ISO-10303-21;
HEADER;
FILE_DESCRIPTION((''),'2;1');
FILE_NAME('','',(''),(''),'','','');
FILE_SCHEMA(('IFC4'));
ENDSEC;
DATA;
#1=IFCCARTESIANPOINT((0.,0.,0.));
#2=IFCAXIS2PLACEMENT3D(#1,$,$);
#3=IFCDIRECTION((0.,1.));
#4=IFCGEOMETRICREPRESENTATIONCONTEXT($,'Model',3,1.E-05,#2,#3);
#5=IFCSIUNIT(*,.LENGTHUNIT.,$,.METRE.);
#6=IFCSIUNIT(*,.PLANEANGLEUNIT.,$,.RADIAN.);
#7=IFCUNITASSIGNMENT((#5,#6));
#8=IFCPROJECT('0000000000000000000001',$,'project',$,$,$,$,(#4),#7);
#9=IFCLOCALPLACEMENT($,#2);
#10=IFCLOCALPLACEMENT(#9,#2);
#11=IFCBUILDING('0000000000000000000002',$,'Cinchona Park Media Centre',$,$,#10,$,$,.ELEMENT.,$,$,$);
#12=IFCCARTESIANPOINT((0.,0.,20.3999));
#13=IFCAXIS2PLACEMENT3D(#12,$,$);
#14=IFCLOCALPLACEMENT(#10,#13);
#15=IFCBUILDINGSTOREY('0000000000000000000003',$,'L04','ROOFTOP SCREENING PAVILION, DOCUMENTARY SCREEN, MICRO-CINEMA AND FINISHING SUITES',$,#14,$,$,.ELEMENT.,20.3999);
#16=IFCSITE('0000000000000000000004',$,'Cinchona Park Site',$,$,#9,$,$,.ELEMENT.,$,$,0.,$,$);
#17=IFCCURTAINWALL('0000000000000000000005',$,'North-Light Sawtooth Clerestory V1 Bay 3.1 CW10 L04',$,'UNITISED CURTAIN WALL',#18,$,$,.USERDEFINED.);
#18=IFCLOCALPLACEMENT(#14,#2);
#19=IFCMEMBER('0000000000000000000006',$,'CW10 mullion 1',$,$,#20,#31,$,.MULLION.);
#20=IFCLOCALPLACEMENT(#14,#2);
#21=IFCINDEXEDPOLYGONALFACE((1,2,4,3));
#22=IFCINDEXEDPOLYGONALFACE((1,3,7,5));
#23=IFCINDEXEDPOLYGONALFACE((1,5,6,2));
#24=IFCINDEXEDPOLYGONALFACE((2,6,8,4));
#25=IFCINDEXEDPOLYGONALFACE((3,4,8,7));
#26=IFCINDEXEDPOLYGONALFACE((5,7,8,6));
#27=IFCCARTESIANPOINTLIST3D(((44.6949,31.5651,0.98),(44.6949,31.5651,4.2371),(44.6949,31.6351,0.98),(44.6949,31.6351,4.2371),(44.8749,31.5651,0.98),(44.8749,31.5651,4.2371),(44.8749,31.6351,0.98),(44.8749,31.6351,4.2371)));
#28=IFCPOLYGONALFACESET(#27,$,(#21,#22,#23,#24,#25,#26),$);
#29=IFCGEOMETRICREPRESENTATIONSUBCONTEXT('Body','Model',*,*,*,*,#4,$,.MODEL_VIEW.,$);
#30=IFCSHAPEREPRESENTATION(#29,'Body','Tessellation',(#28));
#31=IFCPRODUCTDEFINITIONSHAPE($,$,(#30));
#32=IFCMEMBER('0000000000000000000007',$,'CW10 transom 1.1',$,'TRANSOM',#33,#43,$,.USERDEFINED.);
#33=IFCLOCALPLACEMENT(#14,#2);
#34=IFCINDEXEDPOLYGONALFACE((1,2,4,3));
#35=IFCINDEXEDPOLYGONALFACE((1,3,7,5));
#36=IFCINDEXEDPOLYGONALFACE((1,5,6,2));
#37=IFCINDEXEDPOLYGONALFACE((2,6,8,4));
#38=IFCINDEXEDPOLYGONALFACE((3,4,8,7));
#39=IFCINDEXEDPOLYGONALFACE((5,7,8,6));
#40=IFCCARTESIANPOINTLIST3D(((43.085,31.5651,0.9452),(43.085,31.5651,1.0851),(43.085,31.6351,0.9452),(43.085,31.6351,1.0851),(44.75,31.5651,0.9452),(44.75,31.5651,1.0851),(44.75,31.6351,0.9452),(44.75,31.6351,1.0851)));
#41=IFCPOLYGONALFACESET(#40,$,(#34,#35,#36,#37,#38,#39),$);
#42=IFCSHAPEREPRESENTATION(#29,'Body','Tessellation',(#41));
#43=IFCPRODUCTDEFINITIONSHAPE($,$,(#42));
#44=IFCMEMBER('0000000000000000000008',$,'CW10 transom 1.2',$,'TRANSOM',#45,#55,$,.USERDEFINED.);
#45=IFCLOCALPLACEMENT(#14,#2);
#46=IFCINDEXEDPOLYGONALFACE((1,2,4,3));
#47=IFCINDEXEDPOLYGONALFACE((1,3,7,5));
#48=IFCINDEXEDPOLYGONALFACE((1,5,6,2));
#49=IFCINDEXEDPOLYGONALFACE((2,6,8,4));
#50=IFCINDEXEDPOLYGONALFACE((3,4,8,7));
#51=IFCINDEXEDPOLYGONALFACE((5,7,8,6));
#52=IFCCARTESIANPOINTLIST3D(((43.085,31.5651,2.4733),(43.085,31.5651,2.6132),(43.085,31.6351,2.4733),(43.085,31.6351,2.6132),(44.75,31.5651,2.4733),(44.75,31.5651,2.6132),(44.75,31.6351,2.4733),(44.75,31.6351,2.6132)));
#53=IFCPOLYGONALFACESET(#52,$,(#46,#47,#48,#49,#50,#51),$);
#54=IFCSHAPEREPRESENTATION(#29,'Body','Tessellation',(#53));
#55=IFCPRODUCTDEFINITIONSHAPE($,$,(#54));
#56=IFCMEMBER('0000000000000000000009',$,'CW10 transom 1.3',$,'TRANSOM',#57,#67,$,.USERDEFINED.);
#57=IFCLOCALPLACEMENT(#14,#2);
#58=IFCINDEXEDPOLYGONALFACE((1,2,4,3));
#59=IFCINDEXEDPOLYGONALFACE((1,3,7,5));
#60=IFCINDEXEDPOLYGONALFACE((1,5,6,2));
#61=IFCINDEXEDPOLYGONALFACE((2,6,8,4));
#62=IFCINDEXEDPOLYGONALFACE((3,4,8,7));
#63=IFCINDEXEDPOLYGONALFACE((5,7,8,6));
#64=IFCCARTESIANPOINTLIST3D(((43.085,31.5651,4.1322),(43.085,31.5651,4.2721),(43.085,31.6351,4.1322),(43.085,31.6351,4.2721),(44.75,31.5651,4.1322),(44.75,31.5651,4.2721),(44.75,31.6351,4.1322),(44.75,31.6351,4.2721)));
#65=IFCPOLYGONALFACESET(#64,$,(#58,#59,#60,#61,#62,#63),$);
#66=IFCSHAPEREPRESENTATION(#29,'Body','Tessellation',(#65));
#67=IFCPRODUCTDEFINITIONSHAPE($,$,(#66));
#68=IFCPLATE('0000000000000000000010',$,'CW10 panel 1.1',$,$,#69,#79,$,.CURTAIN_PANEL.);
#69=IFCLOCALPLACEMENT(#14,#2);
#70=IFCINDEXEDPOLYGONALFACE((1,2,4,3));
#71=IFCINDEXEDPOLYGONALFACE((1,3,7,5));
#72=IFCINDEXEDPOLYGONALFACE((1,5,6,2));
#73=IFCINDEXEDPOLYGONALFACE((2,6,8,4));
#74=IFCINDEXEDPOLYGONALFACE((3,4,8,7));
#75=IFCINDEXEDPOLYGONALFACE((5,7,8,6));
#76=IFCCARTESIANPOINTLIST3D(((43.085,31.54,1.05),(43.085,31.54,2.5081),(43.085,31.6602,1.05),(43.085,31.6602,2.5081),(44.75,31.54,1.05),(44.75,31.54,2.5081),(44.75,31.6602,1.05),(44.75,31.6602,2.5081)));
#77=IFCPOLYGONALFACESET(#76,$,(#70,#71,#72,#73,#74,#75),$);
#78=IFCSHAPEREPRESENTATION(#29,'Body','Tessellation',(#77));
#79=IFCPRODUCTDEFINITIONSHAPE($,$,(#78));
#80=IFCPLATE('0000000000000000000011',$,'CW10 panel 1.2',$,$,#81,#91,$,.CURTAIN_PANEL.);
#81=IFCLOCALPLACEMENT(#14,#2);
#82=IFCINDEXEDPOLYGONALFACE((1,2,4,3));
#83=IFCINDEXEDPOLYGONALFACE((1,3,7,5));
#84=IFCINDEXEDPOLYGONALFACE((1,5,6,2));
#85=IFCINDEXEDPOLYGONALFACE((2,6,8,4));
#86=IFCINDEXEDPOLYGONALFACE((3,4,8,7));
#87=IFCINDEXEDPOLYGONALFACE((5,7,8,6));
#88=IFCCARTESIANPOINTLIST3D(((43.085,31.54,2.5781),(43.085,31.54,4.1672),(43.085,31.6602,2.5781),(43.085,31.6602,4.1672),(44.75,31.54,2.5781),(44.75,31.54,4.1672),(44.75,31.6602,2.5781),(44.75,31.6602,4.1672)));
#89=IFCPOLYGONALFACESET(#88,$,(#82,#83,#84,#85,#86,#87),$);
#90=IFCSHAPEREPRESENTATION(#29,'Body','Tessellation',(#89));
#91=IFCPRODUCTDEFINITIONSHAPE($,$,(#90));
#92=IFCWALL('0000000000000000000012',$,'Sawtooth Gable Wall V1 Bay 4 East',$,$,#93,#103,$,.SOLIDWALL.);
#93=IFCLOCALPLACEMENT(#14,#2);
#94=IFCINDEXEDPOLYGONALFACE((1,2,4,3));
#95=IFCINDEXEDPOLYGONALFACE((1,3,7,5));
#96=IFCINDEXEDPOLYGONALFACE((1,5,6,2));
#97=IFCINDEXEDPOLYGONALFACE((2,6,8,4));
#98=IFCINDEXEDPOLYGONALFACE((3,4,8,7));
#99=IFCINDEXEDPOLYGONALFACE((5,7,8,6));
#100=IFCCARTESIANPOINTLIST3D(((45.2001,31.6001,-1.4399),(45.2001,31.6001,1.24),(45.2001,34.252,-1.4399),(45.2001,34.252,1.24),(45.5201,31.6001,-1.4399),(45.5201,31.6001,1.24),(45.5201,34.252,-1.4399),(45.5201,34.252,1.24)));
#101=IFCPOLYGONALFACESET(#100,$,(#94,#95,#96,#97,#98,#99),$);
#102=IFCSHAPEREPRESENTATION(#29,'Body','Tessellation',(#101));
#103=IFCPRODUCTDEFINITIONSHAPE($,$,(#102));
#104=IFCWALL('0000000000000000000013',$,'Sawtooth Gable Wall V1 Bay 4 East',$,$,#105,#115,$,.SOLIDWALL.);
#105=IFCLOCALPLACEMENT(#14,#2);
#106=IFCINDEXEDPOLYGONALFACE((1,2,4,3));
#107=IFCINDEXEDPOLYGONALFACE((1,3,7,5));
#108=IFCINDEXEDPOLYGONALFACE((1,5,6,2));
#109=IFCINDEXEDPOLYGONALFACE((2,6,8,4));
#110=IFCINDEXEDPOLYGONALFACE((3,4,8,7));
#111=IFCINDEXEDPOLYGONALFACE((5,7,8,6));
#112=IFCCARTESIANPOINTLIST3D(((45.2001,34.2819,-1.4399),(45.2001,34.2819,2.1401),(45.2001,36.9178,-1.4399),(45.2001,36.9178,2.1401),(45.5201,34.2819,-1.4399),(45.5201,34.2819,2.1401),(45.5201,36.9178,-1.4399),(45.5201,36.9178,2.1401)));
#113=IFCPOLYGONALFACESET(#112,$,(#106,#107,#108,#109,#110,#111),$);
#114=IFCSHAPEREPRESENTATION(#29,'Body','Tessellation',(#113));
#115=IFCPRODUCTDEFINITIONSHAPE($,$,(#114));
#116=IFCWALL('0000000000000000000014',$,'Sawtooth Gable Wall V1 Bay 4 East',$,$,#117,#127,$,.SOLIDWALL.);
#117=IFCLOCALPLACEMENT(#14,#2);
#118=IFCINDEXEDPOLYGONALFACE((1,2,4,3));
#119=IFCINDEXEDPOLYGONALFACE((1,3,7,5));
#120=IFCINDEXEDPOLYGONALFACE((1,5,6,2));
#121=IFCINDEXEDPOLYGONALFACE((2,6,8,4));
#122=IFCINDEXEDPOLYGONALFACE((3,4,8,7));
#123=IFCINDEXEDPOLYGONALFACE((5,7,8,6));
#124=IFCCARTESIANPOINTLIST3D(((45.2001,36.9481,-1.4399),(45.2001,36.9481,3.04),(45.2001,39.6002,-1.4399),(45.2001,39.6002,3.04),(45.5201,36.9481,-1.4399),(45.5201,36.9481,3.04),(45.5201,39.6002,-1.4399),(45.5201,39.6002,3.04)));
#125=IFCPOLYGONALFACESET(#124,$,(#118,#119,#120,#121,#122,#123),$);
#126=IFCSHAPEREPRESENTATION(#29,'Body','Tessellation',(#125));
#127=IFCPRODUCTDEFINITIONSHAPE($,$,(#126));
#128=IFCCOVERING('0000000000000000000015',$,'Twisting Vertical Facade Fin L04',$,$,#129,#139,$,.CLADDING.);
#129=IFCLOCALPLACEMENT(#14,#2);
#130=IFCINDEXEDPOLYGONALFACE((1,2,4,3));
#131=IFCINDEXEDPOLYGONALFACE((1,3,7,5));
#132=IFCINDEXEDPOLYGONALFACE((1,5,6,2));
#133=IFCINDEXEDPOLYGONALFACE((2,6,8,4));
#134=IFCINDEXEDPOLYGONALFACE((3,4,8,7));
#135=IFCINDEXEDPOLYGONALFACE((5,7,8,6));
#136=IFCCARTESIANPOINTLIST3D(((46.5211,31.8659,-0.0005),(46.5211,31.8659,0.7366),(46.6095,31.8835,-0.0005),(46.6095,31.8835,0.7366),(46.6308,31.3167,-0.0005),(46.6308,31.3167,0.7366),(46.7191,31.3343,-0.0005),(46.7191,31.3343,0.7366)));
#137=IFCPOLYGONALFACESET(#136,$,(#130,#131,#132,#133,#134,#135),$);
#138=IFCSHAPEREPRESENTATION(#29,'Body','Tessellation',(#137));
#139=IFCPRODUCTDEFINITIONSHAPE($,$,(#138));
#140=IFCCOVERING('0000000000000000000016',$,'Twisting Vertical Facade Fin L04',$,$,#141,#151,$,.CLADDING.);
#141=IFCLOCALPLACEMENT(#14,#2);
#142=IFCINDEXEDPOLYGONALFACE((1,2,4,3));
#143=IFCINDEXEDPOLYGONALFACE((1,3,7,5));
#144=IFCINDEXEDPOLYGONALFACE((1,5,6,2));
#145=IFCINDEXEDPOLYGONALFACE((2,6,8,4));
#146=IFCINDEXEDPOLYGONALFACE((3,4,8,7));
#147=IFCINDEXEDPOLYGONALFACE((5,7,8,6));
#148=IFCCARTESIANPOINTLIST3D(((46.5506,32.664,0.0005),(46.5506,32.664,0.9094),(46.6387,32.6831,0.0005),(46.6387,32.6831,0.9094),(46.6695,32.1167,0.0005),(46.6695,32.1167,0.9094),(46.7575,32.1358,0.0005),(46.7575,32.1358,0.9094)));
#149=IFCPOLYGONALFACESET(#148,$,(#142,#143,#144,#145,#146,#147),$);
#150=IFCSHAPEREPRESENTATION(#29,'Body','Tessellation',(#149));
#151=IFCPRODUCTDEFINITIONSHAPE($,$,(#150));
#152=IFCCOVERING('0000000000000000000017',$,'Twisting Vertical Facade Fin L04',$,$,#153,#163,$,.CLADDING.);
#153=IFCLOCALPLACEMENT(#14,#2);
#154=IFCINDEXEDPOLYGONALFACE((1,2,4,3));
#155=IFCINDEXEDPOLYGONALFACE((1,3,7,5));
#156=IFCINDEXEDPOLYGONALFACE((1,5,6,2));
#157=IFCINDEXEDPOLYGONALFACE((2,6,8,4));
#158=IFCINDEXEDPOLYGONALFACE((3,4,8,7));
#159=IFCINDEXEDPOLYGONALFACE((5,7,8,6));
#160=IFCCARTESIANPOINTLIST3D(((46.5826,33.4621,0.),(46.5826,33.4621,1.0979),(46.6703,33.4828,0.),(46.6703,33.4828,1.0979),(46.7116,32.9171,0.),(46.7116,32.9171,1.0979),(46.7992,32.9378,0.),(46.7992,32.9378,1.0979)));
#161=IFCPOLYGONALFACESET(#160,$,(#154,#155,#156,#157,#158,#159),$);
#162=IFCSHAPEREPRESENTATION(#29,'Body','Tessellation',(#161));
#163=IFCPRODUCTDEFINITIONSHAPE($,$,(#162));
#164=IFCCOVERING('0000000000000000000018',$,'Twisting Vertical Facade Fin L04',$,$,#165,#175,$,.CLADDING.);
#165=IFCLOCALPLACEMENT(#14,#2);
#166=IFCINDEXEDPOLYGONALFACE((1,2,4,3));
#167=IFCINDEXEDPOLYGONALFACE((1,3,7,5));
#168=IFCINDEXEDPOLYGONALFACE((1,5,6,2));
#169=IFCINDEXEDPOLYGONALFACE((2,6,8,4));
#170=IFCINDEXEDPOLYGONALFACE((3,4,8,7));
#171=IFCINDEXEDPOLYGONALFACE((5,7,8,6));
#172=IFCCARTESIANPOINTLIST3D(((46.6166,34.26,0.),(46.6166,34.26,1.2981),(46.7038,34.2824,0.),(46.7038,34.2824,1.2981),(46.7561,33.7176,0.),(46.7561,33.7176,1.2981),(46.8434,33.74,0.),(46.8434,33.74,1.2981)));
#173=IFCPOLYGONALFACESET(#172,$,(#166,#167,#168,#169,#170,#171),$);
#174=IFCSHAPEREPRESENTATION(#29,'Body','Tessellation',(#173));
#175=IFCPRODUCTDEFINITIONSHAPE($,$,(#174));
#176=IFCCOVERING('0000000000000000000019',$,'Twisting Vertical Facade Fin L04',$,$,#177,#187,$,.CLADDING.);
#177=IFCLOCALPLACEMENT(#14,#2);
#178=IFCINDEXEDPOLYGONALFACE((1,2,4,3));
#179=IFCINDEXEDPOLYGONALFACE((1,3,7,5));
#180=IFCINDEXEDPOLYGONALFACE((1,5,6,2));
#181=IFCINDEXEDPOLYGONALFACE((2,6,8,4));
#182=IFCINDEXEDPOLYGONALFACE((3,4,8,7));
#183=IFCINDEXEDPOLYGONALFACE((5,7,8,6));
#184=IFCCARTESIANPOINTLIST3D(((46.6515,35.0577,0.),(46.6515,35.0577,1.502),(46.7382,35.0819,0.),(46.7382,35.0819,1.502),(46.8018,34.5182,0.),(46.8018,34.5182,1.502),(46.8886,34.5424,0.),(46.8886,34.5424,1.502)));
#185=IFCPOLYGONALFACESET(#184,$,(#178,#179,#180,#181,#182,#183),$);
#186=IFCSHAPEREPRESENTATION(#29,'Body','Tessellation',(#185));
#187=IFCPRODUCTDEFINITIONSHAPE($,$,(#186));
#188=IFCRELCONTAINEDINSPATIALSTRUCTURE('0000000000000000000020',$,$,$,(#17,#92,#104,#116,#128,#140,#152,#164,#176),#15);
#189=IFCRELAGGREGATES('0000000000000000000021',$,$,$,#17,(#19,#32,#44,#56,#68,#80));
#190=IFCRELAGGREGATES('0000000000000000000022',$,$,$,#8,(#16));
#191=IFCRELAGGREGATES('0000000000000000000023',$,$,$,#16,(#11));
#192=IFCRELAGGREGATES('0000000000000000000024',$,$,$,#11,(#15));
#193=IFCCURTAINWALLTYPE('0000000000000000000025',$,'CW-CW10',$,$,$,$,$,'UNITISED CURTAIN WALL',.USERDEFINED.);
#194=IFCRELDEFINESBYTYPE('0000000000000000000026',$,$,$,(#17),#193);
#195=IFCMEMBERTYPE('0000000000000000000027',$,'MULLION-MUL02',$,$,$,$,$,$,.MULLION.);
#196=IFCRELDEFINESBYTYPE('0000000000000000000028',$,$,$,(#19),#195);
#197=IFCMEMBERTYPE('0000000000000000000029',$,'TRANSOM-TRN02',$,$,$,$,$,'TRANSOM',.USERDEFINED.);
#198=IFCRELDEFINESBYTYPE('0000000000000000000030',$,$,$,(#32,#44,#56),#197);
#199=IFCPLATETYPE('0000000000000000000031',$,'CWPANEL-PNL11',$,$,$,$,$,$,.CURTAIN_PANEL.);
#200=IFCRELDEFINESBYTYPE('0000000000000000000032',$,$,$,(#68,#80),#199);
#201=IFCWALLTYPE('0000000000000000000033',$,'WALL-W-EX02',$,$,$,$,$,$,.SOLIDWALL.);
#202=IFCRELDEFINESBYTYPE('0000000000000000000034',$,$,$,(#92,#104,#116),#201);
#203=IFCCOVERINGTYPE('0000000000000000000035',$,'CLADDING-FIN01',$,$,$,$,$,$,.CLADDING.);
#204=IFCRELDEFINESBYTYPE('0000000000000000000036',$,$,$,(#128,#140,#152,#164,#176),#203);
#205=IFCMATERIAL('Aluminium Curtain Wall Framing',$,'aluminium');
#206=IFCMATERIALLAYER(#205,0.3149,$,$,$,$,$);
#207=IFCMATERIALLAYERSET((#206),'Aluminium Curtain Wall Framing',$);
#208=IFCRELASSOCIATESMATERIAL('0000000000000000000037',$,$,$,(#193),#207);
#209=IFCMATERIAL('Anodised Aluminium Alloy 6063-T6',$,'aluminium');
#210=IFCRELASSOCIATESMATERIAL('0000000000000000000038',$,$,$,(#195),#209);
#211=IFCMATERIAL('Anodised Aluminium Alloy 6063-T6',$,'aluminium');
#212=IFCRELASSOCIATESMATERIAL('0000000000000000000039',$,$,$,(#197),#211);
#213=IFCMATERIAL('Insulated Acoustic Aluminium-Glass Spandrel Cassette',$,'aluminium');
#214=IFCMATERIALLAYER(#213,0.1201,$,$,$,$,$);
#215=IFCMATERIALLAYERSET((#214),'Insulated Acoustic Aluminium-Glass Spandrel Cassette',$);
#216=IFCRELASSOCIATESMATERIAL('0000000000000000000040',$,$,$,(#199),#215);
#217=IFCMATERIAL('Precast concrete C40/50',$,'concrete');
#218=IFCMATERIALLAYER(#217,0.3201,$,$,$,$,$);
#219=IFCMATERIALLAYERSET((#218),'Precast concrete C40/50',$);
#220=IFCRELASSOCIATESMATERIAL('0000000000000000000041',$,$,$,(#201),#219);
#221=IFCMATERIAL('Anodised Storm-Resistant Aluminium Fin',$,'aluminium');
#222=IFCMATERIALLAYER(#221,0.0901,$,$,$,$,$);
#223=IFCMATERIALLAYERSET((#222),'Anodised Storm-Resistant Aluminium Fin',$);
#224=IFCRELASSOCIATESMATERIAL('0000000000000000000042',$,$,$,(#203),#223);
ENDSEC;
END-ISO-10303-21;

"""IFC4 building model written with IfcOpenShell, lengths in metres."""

from ifc_helpers import new_model, si_unit, direction, frame, frame_2d, origin, origin_2d, place, context, subcontext, project, spatial, rectangle, extrude, material, layer, layer_set, material_profile, profile_set, type_object, element, aggregate, save


model = new_model("IFC4")

# Units and contexts
model_context = context("Model", 3, precision=1e-05, world=origin(), true_north=direction((0.0, 1.0)))
body_context = subcontext(model_context, "Body", "Model", "MODEL_VIEW")
ifc_project = project(units=[si_unit("LENGTHUNIT", "METRE"), si_unit("PLANEANGLEUNIT", "RADIAN")], contexts=[model_context])

# Site, building, storey
site_placement = place(None, origin())
site = spatial("IfcSite", under=ifc_project, at=site_placement, Name="Cinchona Park Site", CompositionType="ELEMENT", RefElevation=0.0)
building_placement = place(site_placement, origin())
building = spatial("IfcBuilding", under=site, at=building_placement, Name="Cinchona Park Media Centre", CompositionType="ELEMENT")
storey_placement = place(building_placement, frame((0.0, 0.0, 20.3999)))
storey = spatial("IfcBuildingStorey", under=building, at=storey_placement, Name="L04", Description="ROOFTOP SCREENING PAVILION, DOCUMENTARY SCREEN, MICRO-CINEMA AND FINISHING SUITES", CompositionType="ELEMENT", Elevation=20.3999)

# Curtain wall, members, plates
ifc_material_1 = material(Name="Aluminium Curtain Wall Framing", Category="aluminium")
ifc_layer_1 = layer(ifc_material_1, 0.3149)
ifc_layer_set_1 = layer_set([ifc_layer_1], Name="Aluminium Curtain Wall Framing")
curtain_wall_type = type_object("IfcCurtainWallType", Name="CW-CW10", ElementType="UNITISED CURTAIN WALL", PredefinedType="USERDEFINED", material=ifc_layer_set_1)
curtain_wall_placement = place(storey_placement, origin())
curtain_wall = element("IfcCurtainWall", 1, at=curtain_wall_placement, inside=storey, type_object=curtain_wall_type, Name="North-Light Sawtooth Clerestory V1 Bay 3.1 CW10 L04", ObjectType="UNITISED CURTAIN WALL", PredefinedType="USERDEFINED")
ifc_material_2 = material(Name="Anodised Aluminium Alloy 6063-T6", Category="aluminium")
ifc_material_profile_1 = material_profile(ifc_material_2, rectangle(XDim=0.0701, YDim=0.1799, at=origin_2d()), Name="MUL-70X180")
ifc_profile_set_1 = profile_set([ifc_material_profile_1], Name="Anodised Aluminium Alloy 6063-T6")
member_type_1 = type_object("IfcMemberType", Name="MULLION-MUL02", PredefinedType="MULLION", material=ifc_profile_set_1)
member_1_placement = place(storey_placement, frame((44.7849, 31.6001, 0.98), z_axis=(0.0, 0.0, 1.0), x_axis=(0.0, -1.0, 0.0)))
member_1 = element("IfcMember", 2, at=member_1_placement, type_object=member_type_1, Name="CW10 mullion 1", PredefinedType="MULLION", context=body_context, shape_type="SweptSolid", body=[
    extrude(rectangle(XDim=0.0701, YDim=0.1799, at=origin_2d()), origin(), (0.0, 0.0, 1.0), 3.2571),
])
ifc_material_3 = material(Name="Anodised Aluminium Alloy 6063-T6", Category="aluminium")
ifc_material_profile_2 = material_profile(ifc_material_3, rectangle(XDim=0.0701, YDim=0.1399, at=origin_2d()), Name="TRN-70X140")
ifc_profile_set_2 = profile_set([ifc_material_profile_2], Name="Anodised Aluminium Alloy 6063-T6")
member_type_2 = type_object("IfcMemberType", Name="TRANSOM-TRN02", ElementType="TRANSOM", PredefinedType="USERDEFINED", material=ifc_profile_set_2)
member_2_placement = place(storey_placement, frame((44.75, 31.6001, 1.0151), z_axis=(-1.0, 0.0, 0.0), x_axis=(0.0, -1.0, 0.0)))
member_2 = element("IfcMember", 3, at=member_2_placement, type_object=member_type_2, Name="CW10 transom 1.1", ObjectType="TRANSOM", PredefinedType="USERDEFINED", context=body_context, shape_type="SweptSolid", body=[
    extrude(rectangle(XDim=0.0701, YDim=0.1399, at=origin_2d()), origin(), (0.0, 0.0, 1.0), 1.665),
])
member_3_placement = place(storey_placement, frame((44.75, 31.6001, 2.5432), z_axis=(-1.0, 0.0, 0.0), x_axis=(0.0, -1.0, 0.0)))
member_3 = element("IfcMember", 4, at=member_3_placement, type_object=member_type_2, Name="CW10 transom 1.2", ObjectType="TRANSOM", PredefinedType="USERDEFINED", context=body_context, shape_type="SweptSolid", body=[
    extrude(rectangle(XDim=0.0701, YDim=0.1399, at=origin_2d()), origin(), (0.0, 0.0, 1.0), 1.665),
])
member_4_placement = place(storey_placement, frame((44.75, 31.6001, 4.2021), z_axis=(-1.0, 0.0, 0.0), x_axis=(0.0, -1.0, 0.0)))
member_4 = element("IfcMember", 5, at=member_4_placement, type_object=member_type_2, Name="CW10 transom 1.3", ObjectType="TRANSOM", PredefinedType="USERDEFINED", context=body_context, shape_type="SweptSolid", body=[
    extrude(rectangle(XDim=0.0701, YDim=0.1399, at=origin_2d()), origin(), (0.0, 0.0, 1.0), 1.665),
])
ifc_material_4 = material(Name="Insulated Acoustic Aluminium-Glass Spandrel Cassette", Category="aluminium")
ifc_layer_2 = layer(ifc_material_4, 0.1201)
ifc_layer_set_2 = layer_set([ifc_layer_2], Name="Insulated Acoustic Aluminium-Glass Spandrel Cassette")
plate_type = type_object("IfcPlateType", Name="CWPANEL-PNL11", PredefinedType="CURTAIN_PANEL", material=ifc_layer_set_2)
plate_1_placement = place(storey_placement, frame((43.9175, 31.6001, 1.05), z_axis=(0.0, 0.0, 1.0), x_axis=(-1.0, 0.0, 0.0)))
plate_1 = element("IfcPlate", 6, at=plate_1_placement, type_object=plate_type, Name="CW10 panel 1.1", PredefinedType="CURTAIN_PANEL", context=body_context, shape_type="SweptSolid", body=[
    extrude(rectangle(XDim=1.665, YDim=0.1201, at=origin_2d()), origin(), (0.0, 0.0, 1.0), 1.458),
])
plate_2_placement = place(storey_placement, frame((43.9175, 31.6001, 2.5781), z_axis=(0.0, 0.0, 1.0), x_axis=(-1.0, 0.0, 0.0)))
plate_2 = element("IfcPlate", 7, at=plate_2_placement, type_object=plate_type, Name="CW10 panel 1.2", PredefinedType="CURTAIN_PANEL", context=body_context, shape_type="SweptSolid", body=[
    extrude(rectangle(XDim=1.665, YDim=0.1201, at=origin_2d()), origin(), (0.0, 0.0, 1.0), 1.5891),
])
aggregate(curtain_wall, [member_1, member_2, member_3, member_4, plate_1, plate_2])

# Walls
ifc_material_5 = material(Name="Precast concrete C40/50", Category="concrete")
ifc_layer_3 = layer(ifc_material_5, 0.3201)
ifc_layer_set_3 = layer_set([ifc_layer_3], Name="Precast concrete C40/50")
wall_type = type_object("IfcWallType", Name="WALL-W-EX02", PredefinedType="SOLIDWALL", material=ifc_layer_set_3)
wall_1_placement = place(storey_placement, frame((45.3601, 31.6001, -1.4399), z_axis=(0.0, 0.0, 1.0), x_axis=(0.0, 1.0, 0.0)))
element("IfcWall", 8, at=wall_1_placement, inside=storey, type_object=wall_type, Name="Sawtooth Gable Wall V1 Bay 4 East", PredefinedType="SOLIDWALL", context=body_context, shape_type="SweptSolid", body=[
    extrude(rectangle(XDim=2.6519, YDim=0.3201, at=frame_2d((1.3259, 0.0))), origin(), (0.0, 0.0, 1.0), 2.6799),
])
wall_2_placement = place(storey_placement, frame((45.3601, 34.282, -1.4399), z_axis=(0.0, 0.0, 1.0), x_axis=(0.0, 1.0, 0.0)))
element("IfcWall", 9, at=wall_2_placement, inside=storey, type_object=wall_type, Name="Sawtooth Gable Wall V1 Bay 4 East", PredefinedType="SOLIDWALL", context=body_context, shape_type="SweptSolid", body=[
    extrude(rectangle(XDim=2.636, YDim=0.3201, at=frame_2d((1.3179, 0.0))), origin(), (0.0, 0.0, 1.0), 3.5801),
])
wall_3_placement = place(storey_placement, frame((45.3601, 36.948, -1.4399), z_axis=(0.0, 0.0, 1.0), x_axis=(0.0, 1.0, 0.0)))
element("IfcWall", 10, at=wall_3_placement, inside=storey, type_object=wall_type, Name="Sawtooth Gable Wall V1 Bay 4 East", PredefinedType="SOLIDWALL", context=body_context, shape_type="SweptSolid", body=[
    extrude(rectangle(XDim=2.6521, YDim=0.3201, at=frame_2d((1.3262, 0.0))), origin(), (0.0, 0.0, 1.0), 4.48),
])

# Coverings
ifc_material_6 = material(Name="Anodised Storm-Resistant Aluminium Fin", Category="aluminium")
ifc_layer_4 = layer(ifc_material_6, 0.0901)
ifc_layer_set_4 = layer_set([ifc_layer_4], Name="Anodised Storm-Resistant Aluminium Fin")
covering_type = type_object("IfcCoveringType", Name="CLADDING-FIN01", PredefinedType="CLADDING", material=ifc_layer_set_4)
covering_1_placement = place(storey_placement, frame((46.6201, 31.6001, -0.0005), z_axis=(0.0, 0.0, 1.0), x_axis=(-0.195775, 0.980649, 0.0)))
element("IfcCovering", 11, at=covering_1_placement, inside=storey, type_object=covering_type, Name="Twisting Vertical Facade Fin L04", PredefinedType="CLADDING", context=body_context, shape_type="SweptSolid", body=[
    extrude(rectangle(XDim=0.5601, YDim=0.0901, at=origin_2d()), origin(), (0.0, 0.0, 1.0), 0.7371),
])
covering_2_placement = place(storey_placement, frame((46.6541, 32.3999, 0.0005), z_axis=(0.0, 0.0, 1.0), x_axis=(-0.212178, 0.977231, 0.0)))
element("IfcCovering", 12, at=covering_2_placement, inside=storey, type_object=covering_type, Name="Twisting Vertical Facade Fin L04", PredefinedType="CLADDING", context=body_context, shape_type="SweptSolid", body=[
    extrude(rectangle(XDim=0.5601, YDim=0.0901, at=origin_2d()), origin(), (0.0, 0.0, 1.0), 0.9089),
])
covering_3_placement = place(storey_placement, frame((46.6909, 33.2, 0.0), z_axis=(0.0, 0.0, 1.0), x_axis=(-0.23022, 0.973139, 0.0)))
element("IfcCovering", 13, at=covering_3_placement, inside=storey, type_object=covering_type, Name="Twisting Vertical Facade Fin L04", PredefinedType="CLADDING", context=body_context, shape_type="SweptSolid", body=[
    extrude(rectangle(XDim=0.5601, YDim=0.0901, at=origin_2d()), origin(), (0.0, 0.0, 1.0), 1.0979),
])
covering_4_placement = place(storey_placement, frame((46.73, 34.0, 0.0), z_axis=(0.0, 0.0, 1.0), x_axis=(-0.249197, 0.968453, 0.0)))
element("IfcCovering", 14, at=covering_4_placement, inside=storey, type_object=covering_type, Name="Twisting Vertical Facade Fin L04", PredefinedType="CLADDING", context=body_context, shape_type="SweptSolid", body=[
    extrude(rectangle(XDim=0.5601, YDim=0.0901, at=origin_2d()), origin(), (0.0, 0.0, 1.0), 1.2981),
])
covering_5_placement = place(storey_placement, frame((46.77, 34.8, 0.0), z_axis=(0.0, 0.0, 1.0), x_axis=(-0.268415, 0.963303, 0.0)))
element("IfcCovering", 15, at=covering_5_placement, inside=storey, type_object=covering_type, Name="Twisting Vertical Facade Fin L04", PredefinedType="CLADDING", context=body_context, shape_type="SweptSolid", body=[
    extrude(rectangle(XDim=0.5601, YDim=0.0901, at=origin_2d()), origin(), (0.0, 0.0, 1.0), 1.502),
])

save(model, "model.ifc")
